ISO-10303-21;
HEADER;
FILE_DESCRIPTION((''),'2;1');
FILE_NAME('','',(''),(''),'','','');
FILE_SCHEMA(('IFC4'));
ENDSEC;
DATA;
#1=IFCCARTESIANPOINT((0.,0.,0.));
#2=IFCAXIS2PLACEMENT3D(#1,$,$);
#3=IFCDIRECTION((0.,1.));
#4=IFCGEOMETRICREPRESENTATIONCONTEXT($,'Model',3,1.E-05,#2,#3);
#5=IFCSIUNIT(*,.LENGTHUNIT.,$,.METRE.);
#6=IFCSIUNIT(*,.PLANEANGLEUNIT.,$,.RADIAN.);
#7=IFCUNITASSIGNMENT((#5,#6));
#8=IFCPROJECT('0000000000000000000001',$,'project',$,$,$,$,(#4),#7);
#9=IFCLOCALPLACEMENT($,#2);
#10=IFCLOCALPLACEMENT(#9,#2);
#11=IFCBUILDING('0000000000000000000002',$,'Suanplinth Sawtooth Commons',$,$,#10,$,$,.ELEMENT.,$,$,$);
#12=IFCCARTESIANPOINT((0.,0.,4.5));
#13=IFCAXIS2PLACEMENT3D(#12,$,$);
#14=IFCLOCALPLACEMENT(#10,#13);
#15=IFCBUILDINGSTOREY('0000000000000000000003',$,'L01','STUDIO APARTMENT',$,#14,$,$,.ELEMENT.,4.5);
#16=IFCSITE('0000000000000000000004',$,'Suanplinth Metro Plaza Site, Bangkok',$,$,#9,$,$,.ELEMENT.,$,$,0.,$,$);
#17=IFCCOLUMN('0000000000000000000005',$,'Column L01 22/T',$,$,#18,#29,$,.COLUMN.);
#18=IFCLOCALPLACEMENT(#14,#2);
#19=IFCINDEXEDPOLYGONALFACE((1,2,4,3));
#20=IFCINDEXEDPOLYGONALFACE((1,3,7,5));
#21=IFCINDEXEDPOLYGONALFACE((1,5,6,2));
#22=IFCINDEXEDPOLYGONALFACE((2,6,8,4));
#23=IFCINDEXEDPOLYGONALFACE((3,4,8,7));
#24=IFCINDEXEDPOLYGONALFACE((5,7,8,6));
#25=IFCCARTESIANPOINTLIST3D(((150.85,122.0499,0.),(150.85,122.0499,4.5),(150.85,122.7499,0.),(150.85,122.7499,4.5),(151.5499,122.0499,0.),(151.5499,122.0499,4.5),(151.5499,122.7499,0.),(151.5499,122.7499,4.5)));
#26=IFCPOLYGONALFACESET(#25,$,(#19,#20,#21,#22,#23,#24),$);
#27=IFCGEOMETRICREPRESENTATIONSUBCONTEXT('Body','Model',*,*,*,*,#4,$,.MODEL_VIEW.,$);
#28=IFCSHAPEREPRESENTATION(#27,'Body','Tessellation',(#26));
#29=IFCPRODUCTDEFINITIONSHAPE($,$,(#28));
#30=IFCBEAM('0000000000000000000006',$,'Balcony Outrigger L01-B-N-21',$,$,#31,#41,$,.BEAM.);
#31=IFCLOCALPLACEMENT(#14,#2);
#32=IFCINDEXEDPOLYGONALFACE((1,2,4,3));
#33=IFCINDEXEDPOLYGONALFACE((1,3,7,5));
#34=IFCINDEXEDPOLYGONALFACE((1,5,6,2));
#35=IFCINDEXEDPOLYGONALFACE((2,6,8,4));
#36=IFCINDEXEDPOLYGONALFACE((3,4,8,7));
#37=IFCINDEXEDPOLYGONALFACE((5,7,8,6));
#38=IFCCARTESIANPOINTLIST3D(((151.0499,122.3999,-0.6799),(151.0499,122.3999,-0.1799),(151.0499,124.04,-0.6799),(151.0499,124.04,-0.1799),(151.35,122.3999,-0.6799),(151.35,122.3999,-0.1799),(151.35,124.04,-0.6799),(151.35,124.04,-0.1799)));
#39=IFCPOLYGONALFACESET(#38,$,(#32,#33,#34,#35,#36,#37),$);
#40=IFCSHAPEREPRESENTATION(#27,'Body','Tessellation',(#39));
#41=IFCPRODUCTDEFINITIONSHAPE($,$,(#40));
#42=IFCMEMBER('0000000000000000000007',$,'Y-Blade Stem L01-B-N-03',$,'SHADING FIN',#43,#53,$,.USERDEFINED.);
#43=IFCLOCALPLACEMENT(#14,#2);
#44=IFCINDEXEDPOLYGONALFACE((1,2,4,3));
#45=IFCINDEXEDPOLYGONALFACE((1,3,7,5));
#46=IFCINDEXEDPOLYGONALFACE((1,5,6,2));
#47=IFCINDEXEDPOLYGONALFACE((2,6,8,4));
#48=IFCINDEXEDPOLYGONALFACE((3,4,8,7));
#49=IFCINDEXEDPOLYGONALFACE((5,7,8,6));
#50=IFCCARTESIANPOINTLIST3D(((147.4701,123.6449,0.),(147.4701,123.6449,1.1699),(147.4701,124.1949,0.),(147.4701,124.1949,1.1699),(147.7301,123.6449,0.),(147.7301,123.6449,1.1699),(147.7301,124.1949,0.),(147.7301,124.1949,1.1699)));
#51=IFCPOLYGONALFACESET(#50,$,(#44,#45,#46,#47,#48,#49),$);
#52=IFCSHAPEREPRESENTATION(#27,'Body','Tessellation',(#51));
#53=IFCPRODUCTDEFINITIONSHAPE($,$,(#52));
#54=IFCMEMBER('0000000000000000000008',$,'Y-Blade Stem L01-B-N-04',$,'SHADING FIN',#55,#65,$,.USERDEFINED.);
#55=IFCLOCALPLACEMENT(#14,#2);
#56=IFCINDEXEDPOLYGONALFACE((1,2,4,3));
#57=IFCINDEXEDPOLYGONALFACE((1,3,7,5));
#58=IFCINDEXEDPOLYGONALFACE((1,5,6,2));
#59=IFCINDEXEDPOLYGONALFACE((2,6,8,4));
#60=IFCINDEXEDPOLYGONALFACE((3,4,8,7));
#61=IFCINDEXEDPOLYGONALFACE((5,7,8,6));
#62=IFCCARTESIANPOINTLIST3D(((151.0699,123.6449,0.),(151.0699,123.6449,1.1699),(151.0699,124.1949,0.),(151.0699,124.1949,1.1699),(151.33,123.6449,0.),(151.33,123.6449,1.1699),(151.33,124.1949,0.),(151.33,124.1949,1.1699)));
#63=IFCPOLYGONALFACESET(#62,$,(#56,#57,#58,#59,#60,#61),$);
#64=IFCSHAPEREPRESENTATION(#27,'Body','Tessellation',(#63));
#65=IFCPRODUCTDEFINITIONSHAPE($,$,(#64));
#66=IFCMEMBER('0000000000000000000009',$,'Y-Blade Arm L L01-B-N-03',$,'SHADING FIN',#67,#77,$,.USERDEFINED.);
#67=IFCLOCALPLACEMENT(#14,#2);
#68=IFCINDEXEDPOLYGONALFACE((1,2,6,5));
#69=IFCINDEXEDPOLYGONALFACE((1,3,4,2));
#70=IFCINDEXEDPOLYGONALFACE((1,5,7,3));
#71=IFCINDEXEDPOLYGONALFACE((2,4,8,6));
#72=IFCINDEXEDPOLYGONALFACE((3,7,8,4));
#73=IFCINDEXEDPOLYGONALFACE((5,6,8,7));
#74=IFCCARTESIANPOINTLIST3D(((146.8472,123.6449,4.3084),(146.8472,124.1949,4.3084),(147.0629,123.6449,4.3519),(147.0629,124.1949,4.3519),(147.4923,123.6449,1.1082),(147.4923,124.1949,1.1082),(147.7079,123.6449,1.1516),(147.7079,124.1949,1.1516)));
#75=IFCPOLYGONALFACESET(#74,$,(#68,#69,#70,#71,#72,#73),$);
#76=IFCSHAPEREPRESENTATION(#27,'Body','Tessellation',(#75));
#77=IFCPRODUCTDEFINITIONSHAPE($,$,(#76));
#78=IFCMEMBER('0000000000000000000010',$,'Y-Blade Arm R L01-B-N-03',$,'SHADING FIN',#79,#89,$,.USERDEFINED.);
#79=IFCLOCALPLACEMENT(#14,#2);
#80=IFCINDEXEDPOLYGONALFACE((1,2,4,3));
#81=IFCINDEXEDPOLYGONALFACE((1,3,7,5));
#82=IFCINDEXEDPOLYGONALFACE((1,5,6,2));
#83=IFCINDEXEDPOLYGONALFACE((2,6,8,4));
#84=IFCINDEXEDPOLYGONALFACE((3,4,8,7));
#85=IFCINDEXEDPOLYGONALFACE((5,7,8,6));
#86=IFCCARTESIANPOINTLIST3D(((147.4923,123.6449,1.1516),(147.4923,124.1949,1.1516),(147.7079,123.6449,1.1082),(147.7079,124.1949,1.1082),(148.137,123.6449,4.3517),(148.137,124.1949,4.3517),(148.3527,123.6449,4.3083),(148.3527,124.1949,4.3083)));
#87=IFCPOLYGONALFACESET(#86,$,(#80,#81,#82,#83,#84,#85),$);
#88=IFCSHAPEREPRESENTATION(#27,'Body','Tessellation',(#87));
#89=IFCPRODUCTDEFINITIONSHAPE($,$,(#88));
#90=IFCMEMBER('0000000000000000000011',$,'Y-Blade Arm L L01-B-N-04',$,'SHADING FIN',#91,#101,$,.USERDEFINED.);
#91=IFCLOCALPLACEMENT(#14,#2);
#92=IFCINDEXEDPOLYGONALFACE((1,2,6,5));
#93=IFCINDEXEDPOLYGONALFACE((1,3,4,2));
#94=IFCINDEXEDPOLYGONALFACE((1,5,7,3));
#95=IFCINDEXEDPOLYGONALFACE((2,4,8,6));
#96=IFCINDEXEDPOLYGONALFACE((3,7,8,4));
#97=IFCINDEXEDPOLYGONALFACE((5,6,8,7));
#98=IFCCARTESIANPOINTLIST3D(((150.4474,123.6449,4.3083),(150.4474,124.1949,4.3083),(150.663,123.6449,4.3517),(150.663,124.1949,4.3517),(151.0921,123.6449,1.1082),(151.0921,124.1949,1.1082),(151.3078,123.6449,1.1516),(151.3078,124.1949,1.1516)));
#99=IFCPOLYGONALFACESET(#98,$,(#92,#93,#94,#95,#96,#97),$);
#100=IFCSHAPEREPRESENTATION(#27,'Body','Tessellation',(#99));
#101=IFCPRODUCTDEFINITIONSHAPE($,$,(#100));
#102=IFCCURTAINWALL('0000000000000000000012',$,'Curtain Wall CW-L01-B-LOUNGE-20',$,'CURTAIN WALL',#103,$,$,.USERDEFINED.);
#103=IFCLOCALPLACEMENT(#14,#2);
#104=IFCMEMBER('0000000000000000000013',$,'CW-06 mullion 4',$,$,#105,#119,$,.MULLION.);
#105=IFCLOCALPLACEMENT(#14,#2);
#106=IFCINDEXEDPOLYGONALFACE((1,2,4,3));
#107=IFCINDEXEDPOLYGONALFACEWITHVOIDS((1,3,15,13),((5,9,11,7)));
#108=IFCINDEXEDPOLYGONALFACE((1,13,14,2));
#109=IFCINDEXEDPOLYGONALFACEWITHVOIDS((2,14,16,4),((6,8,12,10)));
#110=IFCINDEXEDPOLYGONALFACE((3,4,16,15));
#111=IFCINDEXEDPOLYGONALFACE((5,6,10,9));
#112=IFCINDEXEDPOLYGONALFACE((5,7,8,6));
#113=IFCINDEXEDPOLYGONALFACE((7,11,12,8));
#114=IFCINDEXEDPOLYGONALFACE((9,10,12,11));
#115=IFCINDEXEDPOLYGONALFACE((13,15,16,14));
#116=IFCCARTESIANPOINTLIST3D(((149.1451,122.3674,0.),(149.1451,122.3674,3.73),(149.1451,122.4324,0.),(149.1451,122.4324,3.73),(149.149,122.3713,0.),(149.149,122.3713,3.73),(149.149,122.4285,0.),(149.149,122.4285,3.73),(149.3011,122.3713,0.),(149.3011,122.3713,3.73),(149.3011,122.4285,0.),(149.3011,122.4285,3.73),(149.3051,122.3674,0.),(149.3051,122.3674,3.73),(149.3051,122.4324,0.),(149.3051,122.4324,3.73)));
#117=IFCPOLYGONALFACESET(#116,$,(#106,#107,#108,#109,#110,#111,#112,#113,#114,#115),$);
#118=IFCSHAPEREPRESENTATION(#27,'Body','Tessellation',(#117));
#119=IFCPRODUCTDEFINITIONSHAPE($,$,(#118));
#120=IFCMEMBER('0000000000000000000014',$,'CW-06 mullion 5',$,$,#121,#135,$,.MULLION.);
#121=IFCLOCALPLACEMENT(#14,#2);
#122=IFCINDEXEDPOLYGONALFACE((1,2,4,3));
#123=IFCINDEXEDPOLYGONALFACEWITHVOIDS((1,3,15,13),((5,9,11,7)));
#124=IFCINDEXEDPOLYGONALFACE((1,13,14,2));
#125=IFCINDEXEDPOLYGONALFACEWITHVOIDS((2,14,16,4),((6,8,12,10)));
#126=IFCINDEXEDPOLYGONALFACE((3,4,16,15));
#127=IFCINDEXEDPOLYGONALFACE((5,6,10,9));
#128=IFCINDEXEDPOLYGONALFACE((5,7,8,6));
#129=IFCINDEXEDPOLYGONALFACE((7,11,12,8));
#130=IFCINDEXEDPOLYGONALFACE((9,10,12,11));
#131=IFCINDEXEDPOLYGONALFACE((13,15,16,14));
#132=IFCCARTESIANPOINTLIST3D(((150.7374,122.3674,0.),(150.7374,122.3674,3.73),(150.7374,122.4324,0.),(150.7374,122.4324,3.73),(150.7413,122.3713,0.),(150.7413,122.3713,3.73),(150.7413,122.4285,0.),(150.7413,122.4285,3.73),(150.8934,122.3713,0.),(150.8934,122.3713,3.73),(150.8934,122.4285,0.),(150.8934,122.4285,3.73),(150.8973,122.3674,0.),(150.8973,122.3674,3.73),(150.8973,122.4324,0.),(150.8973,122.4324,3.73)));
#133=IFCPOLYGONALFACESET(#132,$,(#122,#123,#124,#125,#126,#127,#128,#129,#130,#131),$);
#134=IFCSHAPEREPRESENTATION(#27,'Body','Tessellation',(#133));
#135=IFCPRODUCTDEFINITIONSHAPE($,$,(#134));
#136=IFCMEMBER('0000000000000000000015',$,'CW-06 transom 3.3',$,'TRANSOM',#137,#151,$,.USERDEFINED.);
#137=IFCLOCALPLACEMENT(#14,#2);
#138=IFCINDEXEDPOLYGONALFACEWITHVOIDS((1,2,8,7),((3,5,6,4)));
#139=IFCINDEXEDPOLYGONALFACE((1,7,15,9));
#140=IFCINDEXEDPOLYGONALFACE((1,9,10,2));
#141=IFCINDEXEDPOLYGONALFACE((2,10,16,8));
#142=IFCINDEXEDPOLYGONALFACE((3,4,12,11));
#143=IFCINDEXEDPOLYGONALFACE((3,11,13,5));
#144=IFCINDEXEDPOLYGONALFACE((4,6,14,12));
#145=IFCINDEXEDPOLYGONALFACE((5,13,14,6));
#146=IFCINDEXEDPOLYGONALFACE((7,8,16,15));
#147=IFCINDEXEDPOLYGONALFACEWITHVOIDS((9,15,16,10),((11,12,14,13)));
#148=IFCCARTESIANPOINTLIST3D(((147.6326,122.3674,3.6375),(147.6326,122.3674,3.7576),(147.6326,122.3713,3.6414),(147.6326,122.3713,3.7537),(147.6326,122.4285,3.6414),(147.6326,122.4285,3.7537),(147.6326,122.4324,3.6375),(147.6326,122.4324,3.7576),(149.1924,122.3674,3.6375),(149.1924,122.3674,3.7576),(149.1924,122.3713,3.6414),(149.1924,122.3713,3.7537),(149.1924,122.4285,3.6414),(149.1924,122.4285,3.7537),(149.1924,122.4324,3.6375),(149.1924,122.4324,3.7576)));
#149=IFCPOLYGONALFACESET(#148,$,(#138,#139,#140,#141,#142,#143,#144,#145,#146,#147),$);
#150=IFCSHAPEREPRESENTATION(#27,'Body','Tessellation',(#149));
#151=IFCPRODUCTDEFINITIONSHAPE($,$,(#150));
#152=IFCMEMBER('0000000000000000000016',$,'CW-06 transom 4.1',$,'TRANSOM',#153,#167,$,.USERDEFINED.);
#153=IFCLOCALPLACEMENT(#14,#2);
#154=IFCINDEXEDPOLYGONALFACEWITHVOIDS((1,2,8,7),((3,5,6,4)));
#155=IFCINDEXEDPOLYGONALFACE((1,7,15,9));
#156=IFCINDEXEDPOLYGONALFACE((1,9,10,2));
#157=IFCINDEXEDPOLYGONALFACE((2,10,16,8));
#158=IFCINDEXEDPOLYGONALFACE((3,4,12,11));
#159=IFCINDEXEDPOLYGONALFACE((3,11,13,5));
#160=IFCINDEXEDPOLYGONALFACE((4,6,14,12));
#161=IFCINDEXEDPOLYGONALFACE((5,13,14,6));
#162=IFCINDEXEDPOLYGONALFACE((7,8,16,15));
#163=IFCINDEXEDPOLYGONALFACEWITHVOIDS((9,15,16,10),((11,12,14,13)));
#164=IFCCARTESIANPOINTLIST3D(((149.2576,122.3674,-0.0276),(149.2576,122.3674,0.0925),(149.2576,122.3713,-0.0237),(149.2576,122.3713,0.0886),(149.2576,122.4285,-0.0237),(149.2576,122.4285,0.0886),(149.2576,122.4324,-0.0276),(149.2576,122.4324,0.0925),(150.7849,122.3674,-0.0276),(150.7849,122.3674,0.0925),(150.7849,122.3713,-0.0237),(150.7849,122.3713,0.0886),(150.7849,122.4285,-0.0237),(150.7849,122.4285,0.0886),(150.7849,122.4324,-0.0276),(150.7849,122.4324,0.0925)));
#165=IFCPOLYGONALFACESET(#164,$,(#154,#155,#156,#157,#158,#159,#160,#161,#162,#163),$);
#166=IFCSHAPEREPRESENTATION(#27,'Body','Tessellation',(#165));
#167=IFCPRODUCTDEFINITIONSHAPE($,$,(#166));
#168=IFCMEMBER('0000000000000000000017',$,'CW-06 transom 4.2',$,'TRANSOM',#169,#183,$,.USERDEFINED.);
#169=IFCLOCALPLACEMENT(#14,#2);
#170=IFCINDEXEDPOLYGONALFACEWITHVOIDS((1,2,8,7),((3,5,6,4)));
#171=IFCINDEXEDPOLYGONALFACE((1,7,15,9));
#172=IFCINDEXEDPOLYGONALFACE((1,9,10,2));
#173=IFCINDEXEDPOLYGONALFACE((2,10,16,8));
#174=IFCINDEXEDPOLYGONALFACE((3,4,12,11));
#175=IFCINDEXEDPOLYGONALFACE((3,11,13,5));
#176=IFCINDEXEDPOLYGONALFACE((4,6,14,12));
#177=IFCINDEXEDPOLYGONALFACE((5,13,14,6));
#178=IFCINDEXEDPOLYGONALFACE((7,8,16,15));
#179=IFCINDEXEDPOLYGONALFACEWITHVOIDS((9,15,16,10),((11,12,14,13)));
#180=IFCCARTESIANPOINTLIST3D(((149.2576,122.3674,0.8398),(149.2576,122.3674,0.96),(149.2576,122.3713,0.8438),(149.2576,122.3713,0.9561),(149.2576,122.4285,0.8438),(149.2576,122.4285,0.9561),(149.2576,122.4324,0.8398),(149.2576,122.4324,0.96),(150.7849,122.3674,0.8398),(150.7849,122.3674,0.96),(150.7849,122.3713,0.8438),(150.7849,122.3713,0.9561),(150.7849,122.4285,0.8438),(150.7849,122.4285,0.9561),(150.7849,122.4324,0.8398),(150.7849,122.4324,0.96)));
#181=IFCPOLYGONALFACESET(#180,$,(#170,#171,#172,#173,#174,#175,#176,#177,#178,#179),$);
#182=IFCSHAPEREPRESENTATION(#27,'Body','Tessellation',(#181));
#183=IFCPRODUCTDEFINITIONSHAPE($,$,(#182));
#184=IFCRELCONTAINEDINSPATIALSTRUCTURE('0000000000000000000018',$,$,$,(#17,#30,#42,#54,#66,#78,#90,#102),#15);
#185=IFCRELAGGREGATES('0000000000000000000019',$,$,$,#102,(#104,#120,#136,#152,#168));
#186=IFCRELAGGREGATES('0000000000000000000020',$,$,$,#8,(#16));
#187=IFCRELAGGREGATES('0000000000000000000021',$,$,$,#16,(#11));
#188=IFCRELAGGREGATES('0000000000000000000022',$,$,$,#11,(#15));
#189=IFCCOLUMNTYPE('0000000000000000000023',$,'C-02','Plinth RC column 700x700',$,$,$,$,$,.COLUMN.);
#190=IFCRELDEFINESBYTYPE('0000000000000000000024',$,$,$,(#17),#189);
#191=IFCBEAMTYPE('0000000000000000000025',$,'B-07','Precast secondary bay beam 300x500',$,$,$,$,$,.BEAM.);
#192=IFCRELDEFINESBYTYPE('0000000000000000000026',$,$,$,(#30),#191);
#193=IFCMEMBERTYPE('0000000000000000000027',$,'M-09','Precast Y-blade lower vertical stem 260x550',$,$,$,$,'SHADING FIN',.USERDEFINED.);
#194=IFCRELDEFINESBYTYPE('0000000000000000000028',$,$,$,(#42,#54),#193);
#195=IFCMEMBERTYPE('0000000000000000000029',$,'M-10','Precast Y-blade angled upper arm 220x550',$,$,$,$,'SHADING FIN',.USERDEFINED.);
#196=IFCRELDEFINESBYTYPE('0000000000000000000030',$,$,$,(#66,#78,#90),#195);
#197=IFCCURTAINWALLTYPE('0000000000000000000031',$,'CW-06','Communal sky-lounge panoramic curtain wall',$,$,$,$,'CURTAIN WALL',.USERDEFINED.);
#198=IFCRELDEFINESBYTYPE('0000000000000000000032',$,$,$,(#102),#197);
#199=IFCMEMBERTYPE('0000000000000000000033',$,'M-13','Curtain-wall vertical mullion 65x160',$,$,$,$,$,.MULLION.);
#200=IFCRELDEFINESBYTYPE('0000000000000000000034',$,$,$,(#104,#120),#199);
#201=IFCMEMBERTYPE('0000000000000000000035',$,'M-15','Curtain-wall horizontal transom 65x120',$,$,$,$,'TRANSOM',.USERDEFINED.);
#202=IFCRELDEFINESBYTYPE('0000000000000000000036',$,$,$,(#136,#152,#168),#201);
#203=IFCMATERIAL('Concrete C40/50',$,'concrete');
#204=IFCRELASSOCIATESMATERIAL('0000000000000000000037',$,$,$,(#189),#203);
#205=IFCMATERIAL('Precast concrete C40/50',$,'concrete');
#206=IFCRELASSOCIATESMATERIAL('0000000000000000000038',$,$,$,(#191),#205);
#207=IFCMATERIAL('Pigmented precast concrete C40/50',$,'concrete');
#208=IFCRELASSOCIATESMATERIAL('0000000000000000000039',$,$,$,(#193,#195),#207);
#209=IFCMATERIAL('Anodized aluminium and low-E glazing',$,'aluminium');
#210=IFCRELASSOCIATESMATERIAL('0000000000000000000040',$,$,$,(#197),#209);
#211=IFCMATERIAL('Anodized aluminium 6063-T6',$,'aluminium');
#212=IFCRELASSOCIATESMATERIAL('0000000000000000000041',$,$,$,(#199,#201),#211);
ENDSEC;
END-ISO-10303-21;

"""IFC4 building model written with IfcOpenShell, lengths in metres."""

from ifc_helpers import new_model, si_unit, direction, frame, origin, origin_2d, place, context, subcontext, project, spatial, rectangle, hollow_rectangle, extrude, material, material_profile, profile_set, type_object, element, aggregate, save


model = new_model("IFC4")

# Units and contexts
model_context = context("Model", 3, precision=1e-05, world=origin(), true_north=direction((0.0, 1.0)))
body_context = subcontext(model_context, "Body", "Model", "MODEL_VIEW")
ifc_project = project(units=[si_unit("LENGTHUNIT", "METRE"), si_unit("PLANEANGLEUNIT", "RADIAN")], contexts=[model_context])

# Site, building, storey
site_placement = place(None, origin())
site = spatial("IfcSite", under=ifc_project, at=site_placement, Name="Suanplinth Metro Plaza Site, Bangkok", CompositionType="ELEMENT", RefElevation=0.0)
building_placement = place(site_placement, origin())
building = spatial("IfcBuilding", under=site, at=building_placement, Name="Suanplinth Sawtooth Commons", CompositionType="ELEMENT")
storey_placement = place(building_placement, frame((0.0, 0.0, 4.5)))
storey = spatial("IfcBuildingStorey", under=building, at=storey_placement, Name="L01", Description="STUDIO APARTMENT", CompositionType="ELEMENT", Elevation=4.5)

# Column
ifc_material_1 = material(Name="Concrete C40/50", Category="concrete")
ifc_material_profile_1 = material_profile(ifc_material_1, rectangle(XDim=0.7, YDim=0.7, at=origin_2d()), Name="RC-COL 700x700")
ifc_profile_set_1 = profile_set([ifc_material_profile_1], Name="Concrete C40/50")
column_type = type_object("IfcColumnType", Name="C-02", Description="Plinth RC column 700x700", PredefinedType="COLUMN", material=ifc_profile_set_1)
column_placement = place(storey_placement, frame((151.2, 122.3999, 0.0), z_axis=(0.0, 0.0, 1.0), x_axis=(1.0, 0.0, 0.0)))
element("IfcColumn", 1, at=column_placement, inside=storey, type_object=column_type, Name="Column L01 22/T", PredefinedType="COLUMN", context=body_context, shape_type="SweptSolid", body=[
    extrude(rectangle(XDim=0.7, YDim=0.7, at=origin_2d()), origin(), (0.0, 0.0, 1.0), 4.5),
])

# Beam
ifc_material_2 = material(Name="Precast concrete C40/50", Category="concrete")
ifc_material_profile_2 = material_profile(ifc_material_2, rectangle(XDim=0.3, YDim=0.5, at=origin_2d()), Name="PC-BM 300x500")
ifc_profile_set_2 = profile_set([ifc_material_profile_2], Name="Precast concrete C40/50")
beam_type = type_object("IfcBeamType", Name="B-07", Description="Precast secondary bay beam 300x500", PredefinedType="BEAM", material=ifc_profile_set_2)
beam_placement = place(storey_placement, frame((151.2, 122.3999, -0.4299), z_axis=(0.0, 1.0, 0.0), x_axis=(-1.0, 0.0, 0.0)))
element("IfcBeam", 2, at=beam_placement, inside=storey, type_object=beam_type, Name="Balcony Outrigger L01-B-N-21", PredefinedType="BEAM", context=body_context, shape_type="SweptSolid", body=[
    extrude(rectangle(XDim=0.3, YDim=0.5, at=origin_2d()), origin(), (0.0, 0.0, 1.0), 1.6401),
])

# Members
ifc_material_3 = material(Name="Pigmented precast concrete C40/50", Category="concrete")
ifc_material_profile_3 = material_profile(ifc_material_3, rectangle(XDim=0.26, YDim=0.55, at=origin_2d()), Name="PC-FIN 260x550")
ifc_profile_set_3 = profile_set([ifc_material_profile_3], Name="Pigmented precast concrete C40/50")
member_type_1 = type_object("IfcMemberType", Name="M-09", Description="Precast Y-blade lower vertical stem 260x550", ElementType="SHADING FIN", PredefinedType="USERDEFINED", material=ifc_profile_set_3)
for number, where, z_axis, x_axis, name in (
    (3, (147.6001, 123.9199, 0.0), (0.0, 0.0, 1.0), (1.0, 0.0, 0.0), "Y-Blade Stem L01-B-N-03"),
    (4, (151.2, 123.9199, 0.0), (0.0, 0.0, 1.0), (1.0, 0.0, 0.0), "Y-Blade Stem L01-B-N-04"),
):
    element("IfcMember", number, at=place(storey_placement, frame(where, z_axis=z_axis, x_axis=x_axis)), inside=storey, type_object=member_type_1, Name=name, ObjectType="SHADING FIN", PredefinedType="USERDEFINED", context=body_context, shape_type="SweptSolid", body=[
        extrude(rectangle(XDim=0.26, YDim=0.55, at=origin_2d()), origin(), (0.0, 0.0, 1.0), 1.1699),
    ])
ifc_material_profile_4 = material_profile(ifc_material_3, rectangle(XDim=0.22, YDim=0.55, at=origin_2d()), Name="PC-FIN 220x550")
ifc_profile_set_4 = profile_set([ifc_material_profile_4], Name="Pigmented precast concrete C40/50")
member_type_2 = type_object("IfcMemberType", Name="M-10", Description="Precast Y-blade angled upper arm 220x550", ElementType="SHADING FIN", PredefinedType="USERDEFINED", material=ifc_profile_set_4)
member_1_placement = place(storey_placement, frame((147.6001, 123.9199, 1.1299), z_axis=(-0.197583, 0.0, 0.980286), x_axis=(0.980286, 0.0, 0.197583)))
element("IfcMember", 5, at=member_1_placement, inside=storey, type_object=member_type_2, Name="Y-Blade Arm L L01-B-N-03", ObjectType="SHADING FIN", PredefinedType="USERDEFINED", context=body_context, shape_type="SweptSolid", body=[
    extrude(rectangle(XDim=0.22, YDim=0.55, at=origin_2d()), origin(), (0.0, 0.0, 1.0), 3.2646),
])
for number, where, z_axis, x_axis, name in (
    (6, (147.6001, 123.9199, 1.1299), (0.197511, 0.0, 0.980301), (-0.980301, 0.0, 0.197511), "Y-Blade Arm R L01-B-N-03"),
    (7, (151.2, 123.9199, 1.1299), (-0.197511, 0.0, 0.980301), (0.980301, 0.0, 0.197511), "Y-Blade Arm L L01-B-N-04"),
):
    element("IfcMember", number, at=place(storey_placement, frame(where, z_axis=z_axis, x_axis=x_axis)), inside=storey, type_object=member_type_2, Name=name, ObjectType="SHADING FIN", PredefinedType="USERDEFINED", context=body_context, shape_type="SweptSolid", body=[
        extrude(rectangle(XDim=0.22, YDim=0.55, at=origin_2d()), origin(), (0.0, 0.0, 1.0), 3.2644),
    ])

# Curtain wall, members
ifc_material_4 = material(Name="Anodized aluminium and low-E glazing", Category="aluminium")
curtain_wall_type = type_object("IfcCurtainWallType", Name="CW-06", Description="Communal sky-lounge panoramic curtain wall", ElementType="CURTAIN WALL", PredefinedType="USERDEFINED", material=ifc_material_4)
curtain_wall_placement = place(storey_placement, origin())
curtain_wall = element("IfcCurtainWall", 8, at=curtain_wall_placement, inside=storey, type_object=curtain_wall_type, Name="Curtain Wall CW-L01-B-LOUNGE-20", ObjectType="CURTAIN WALL", PredefinedType="USERDEFINED")
ifc_material_5 = material(Name="Anodized aluminium 6063-T6", Category="aluminium")
ifc_material_profile_5 = material_profile(ifc_material_5, hollow_rectangle(XDim=0.0649, YDim=0.1599, WallThickness=0.0039, at=origin_2d()), Name="ALU-MUL 65x160")
ifc_profile_set_5 = profile_set([ifc_material_profile_5], Name="Anodized aluminium 6063-T6")
member_type_3 = type_object("IfcMemberType", Name="M-13", Description="Curtain-wall vertical mullion 65x160", PredefinedType="MULLION", material=ifc_profile_set_5)
member_2_placement = place(storey_placement, frame((149.2251, 122.3999, 0.0), z_axis=(0.0, 0.0, 1.0), x_axis=(0.0, 1.0, 0.0)))
member_2 = element("IfcMember", 9, at=member_2_placement, type_object=member_type_3, Name="CW-06 mullion 4", PredefinedType="MULLION", context=body_context, shape_type="SweptSolid", body=[
    extrude(hollow_rectangle(XDim=0.0649, YDim=0.1599, WallThickness=0.0039, at=origin_2d()), origin(), (0.0, 0.0, 1.0), 3.73),
])
member_3_placement = place(storey_placement, frame((150.8174, 122.3999, 0.0), z_axis=(0.0, 0.0, 1.0), x_axis=(0.0, 1.0, 0.0)))
member_3 = element("IfcMember", 10, at=member_3_placement, type_object=member_type_3, Name="CW-06 mullion 5", PredefinedType="MULLION", context=body_context, shape_type="SweptSolid", body=[
    extrude(hollow_rectangle(XDim=0.0649, YDim=0.1599, WallThickness=0.0039, at=origin_2d()), origin(), (0.0, 0.0, 1.0), 3.73),
])
ifc_material_profile_6 = material_profile(ifc_material_5, hollow_rectangle(XDim=0.0649, YDim=0.1201, WallThickness=0.0039, at=origin_2d()), Name="ALU-TRN 65x120")
ifc_profile_set_6 = profile_set([ifc_material_profile_6], Name="Anodized aluminium 6063-T6")
member_type_4 = type_object("IfcMemberType", Name="M-15", Description="Curtain-wall horizontal transom 65x120", ElementType="TRANSOM", PredefinedType="USERDEFINED", material=ifc_profile_set_6)
member_4_placement = place(storey_placement, frame((147.6326, 122.3999, 3.6975), z_axis=(1.0, 0.0, 0.0), x_axis=(0.0, 1.0, 0.0)))
member_4 = element("IfcMember", 11, at=member_4_placement, type_object=member_type_4, Name="CW-06 transom 3.3", ObjectType="TRANSOM", PredefinedType="USERDEFINED", context=body_context, shape_type="SweptSolid", body=[
    extrude(hollow_rectangle(XDim=0.0649, YDim=0.1201, WallThickness=0.0039, at=origin_2d()), origin(), (0.0, 0.0, 1.0), 1.5598),
])
member_5_placement = place(storey_placement, frame((149.2576, 122.3999, 0.0325), z_axis=(1.0, 0.0, 0.0), x_axis=(0.0, 1.0, 0.0)))
member_5 = element("IfcMember", 12, at=member_5_placement, type_object=member_type_4, Name="CW-06 transom 4.1", ObjectType="TRANSOM", PredefinedType="USERDEFINED", context=body_context, shape_type="SweptSolid", body=[
    extrude(hollow_rectangle(XDim=0.0649, YDim=0.1201, WallThickness=0.0039, at=origin_2d()), origin(), (0.0, 0.0, 1.0), 1.5273),
])
member_6_placement = place(storey_placement, frame((149.2576, 122.3999, 0.8999), z_axis=(1.0, 0.0, 0.0), x_axis=(0.0, 1.0, 0.0)))
member_6 = element("IfcMember", 13, at=member_6_placement, type_object=member_type_4, Name="CW-06 transom 4.2", ObjectType="TRANSOM", PredefinedType="USERDEFINED", context=body_context, shape_type="SweptSolid", body=[
    extrude(hollow_rectangle(XDim=0.0649, YDim=0.1201, WallThickness=0.0039, at=origin_2d()), origin(), (0.0, 0.0, 1.0), 1.5273),
])

aggregate(curtain_wall, [member_2, member_3, member_4, member_5, member_6])

save(model, "model.ifc")
